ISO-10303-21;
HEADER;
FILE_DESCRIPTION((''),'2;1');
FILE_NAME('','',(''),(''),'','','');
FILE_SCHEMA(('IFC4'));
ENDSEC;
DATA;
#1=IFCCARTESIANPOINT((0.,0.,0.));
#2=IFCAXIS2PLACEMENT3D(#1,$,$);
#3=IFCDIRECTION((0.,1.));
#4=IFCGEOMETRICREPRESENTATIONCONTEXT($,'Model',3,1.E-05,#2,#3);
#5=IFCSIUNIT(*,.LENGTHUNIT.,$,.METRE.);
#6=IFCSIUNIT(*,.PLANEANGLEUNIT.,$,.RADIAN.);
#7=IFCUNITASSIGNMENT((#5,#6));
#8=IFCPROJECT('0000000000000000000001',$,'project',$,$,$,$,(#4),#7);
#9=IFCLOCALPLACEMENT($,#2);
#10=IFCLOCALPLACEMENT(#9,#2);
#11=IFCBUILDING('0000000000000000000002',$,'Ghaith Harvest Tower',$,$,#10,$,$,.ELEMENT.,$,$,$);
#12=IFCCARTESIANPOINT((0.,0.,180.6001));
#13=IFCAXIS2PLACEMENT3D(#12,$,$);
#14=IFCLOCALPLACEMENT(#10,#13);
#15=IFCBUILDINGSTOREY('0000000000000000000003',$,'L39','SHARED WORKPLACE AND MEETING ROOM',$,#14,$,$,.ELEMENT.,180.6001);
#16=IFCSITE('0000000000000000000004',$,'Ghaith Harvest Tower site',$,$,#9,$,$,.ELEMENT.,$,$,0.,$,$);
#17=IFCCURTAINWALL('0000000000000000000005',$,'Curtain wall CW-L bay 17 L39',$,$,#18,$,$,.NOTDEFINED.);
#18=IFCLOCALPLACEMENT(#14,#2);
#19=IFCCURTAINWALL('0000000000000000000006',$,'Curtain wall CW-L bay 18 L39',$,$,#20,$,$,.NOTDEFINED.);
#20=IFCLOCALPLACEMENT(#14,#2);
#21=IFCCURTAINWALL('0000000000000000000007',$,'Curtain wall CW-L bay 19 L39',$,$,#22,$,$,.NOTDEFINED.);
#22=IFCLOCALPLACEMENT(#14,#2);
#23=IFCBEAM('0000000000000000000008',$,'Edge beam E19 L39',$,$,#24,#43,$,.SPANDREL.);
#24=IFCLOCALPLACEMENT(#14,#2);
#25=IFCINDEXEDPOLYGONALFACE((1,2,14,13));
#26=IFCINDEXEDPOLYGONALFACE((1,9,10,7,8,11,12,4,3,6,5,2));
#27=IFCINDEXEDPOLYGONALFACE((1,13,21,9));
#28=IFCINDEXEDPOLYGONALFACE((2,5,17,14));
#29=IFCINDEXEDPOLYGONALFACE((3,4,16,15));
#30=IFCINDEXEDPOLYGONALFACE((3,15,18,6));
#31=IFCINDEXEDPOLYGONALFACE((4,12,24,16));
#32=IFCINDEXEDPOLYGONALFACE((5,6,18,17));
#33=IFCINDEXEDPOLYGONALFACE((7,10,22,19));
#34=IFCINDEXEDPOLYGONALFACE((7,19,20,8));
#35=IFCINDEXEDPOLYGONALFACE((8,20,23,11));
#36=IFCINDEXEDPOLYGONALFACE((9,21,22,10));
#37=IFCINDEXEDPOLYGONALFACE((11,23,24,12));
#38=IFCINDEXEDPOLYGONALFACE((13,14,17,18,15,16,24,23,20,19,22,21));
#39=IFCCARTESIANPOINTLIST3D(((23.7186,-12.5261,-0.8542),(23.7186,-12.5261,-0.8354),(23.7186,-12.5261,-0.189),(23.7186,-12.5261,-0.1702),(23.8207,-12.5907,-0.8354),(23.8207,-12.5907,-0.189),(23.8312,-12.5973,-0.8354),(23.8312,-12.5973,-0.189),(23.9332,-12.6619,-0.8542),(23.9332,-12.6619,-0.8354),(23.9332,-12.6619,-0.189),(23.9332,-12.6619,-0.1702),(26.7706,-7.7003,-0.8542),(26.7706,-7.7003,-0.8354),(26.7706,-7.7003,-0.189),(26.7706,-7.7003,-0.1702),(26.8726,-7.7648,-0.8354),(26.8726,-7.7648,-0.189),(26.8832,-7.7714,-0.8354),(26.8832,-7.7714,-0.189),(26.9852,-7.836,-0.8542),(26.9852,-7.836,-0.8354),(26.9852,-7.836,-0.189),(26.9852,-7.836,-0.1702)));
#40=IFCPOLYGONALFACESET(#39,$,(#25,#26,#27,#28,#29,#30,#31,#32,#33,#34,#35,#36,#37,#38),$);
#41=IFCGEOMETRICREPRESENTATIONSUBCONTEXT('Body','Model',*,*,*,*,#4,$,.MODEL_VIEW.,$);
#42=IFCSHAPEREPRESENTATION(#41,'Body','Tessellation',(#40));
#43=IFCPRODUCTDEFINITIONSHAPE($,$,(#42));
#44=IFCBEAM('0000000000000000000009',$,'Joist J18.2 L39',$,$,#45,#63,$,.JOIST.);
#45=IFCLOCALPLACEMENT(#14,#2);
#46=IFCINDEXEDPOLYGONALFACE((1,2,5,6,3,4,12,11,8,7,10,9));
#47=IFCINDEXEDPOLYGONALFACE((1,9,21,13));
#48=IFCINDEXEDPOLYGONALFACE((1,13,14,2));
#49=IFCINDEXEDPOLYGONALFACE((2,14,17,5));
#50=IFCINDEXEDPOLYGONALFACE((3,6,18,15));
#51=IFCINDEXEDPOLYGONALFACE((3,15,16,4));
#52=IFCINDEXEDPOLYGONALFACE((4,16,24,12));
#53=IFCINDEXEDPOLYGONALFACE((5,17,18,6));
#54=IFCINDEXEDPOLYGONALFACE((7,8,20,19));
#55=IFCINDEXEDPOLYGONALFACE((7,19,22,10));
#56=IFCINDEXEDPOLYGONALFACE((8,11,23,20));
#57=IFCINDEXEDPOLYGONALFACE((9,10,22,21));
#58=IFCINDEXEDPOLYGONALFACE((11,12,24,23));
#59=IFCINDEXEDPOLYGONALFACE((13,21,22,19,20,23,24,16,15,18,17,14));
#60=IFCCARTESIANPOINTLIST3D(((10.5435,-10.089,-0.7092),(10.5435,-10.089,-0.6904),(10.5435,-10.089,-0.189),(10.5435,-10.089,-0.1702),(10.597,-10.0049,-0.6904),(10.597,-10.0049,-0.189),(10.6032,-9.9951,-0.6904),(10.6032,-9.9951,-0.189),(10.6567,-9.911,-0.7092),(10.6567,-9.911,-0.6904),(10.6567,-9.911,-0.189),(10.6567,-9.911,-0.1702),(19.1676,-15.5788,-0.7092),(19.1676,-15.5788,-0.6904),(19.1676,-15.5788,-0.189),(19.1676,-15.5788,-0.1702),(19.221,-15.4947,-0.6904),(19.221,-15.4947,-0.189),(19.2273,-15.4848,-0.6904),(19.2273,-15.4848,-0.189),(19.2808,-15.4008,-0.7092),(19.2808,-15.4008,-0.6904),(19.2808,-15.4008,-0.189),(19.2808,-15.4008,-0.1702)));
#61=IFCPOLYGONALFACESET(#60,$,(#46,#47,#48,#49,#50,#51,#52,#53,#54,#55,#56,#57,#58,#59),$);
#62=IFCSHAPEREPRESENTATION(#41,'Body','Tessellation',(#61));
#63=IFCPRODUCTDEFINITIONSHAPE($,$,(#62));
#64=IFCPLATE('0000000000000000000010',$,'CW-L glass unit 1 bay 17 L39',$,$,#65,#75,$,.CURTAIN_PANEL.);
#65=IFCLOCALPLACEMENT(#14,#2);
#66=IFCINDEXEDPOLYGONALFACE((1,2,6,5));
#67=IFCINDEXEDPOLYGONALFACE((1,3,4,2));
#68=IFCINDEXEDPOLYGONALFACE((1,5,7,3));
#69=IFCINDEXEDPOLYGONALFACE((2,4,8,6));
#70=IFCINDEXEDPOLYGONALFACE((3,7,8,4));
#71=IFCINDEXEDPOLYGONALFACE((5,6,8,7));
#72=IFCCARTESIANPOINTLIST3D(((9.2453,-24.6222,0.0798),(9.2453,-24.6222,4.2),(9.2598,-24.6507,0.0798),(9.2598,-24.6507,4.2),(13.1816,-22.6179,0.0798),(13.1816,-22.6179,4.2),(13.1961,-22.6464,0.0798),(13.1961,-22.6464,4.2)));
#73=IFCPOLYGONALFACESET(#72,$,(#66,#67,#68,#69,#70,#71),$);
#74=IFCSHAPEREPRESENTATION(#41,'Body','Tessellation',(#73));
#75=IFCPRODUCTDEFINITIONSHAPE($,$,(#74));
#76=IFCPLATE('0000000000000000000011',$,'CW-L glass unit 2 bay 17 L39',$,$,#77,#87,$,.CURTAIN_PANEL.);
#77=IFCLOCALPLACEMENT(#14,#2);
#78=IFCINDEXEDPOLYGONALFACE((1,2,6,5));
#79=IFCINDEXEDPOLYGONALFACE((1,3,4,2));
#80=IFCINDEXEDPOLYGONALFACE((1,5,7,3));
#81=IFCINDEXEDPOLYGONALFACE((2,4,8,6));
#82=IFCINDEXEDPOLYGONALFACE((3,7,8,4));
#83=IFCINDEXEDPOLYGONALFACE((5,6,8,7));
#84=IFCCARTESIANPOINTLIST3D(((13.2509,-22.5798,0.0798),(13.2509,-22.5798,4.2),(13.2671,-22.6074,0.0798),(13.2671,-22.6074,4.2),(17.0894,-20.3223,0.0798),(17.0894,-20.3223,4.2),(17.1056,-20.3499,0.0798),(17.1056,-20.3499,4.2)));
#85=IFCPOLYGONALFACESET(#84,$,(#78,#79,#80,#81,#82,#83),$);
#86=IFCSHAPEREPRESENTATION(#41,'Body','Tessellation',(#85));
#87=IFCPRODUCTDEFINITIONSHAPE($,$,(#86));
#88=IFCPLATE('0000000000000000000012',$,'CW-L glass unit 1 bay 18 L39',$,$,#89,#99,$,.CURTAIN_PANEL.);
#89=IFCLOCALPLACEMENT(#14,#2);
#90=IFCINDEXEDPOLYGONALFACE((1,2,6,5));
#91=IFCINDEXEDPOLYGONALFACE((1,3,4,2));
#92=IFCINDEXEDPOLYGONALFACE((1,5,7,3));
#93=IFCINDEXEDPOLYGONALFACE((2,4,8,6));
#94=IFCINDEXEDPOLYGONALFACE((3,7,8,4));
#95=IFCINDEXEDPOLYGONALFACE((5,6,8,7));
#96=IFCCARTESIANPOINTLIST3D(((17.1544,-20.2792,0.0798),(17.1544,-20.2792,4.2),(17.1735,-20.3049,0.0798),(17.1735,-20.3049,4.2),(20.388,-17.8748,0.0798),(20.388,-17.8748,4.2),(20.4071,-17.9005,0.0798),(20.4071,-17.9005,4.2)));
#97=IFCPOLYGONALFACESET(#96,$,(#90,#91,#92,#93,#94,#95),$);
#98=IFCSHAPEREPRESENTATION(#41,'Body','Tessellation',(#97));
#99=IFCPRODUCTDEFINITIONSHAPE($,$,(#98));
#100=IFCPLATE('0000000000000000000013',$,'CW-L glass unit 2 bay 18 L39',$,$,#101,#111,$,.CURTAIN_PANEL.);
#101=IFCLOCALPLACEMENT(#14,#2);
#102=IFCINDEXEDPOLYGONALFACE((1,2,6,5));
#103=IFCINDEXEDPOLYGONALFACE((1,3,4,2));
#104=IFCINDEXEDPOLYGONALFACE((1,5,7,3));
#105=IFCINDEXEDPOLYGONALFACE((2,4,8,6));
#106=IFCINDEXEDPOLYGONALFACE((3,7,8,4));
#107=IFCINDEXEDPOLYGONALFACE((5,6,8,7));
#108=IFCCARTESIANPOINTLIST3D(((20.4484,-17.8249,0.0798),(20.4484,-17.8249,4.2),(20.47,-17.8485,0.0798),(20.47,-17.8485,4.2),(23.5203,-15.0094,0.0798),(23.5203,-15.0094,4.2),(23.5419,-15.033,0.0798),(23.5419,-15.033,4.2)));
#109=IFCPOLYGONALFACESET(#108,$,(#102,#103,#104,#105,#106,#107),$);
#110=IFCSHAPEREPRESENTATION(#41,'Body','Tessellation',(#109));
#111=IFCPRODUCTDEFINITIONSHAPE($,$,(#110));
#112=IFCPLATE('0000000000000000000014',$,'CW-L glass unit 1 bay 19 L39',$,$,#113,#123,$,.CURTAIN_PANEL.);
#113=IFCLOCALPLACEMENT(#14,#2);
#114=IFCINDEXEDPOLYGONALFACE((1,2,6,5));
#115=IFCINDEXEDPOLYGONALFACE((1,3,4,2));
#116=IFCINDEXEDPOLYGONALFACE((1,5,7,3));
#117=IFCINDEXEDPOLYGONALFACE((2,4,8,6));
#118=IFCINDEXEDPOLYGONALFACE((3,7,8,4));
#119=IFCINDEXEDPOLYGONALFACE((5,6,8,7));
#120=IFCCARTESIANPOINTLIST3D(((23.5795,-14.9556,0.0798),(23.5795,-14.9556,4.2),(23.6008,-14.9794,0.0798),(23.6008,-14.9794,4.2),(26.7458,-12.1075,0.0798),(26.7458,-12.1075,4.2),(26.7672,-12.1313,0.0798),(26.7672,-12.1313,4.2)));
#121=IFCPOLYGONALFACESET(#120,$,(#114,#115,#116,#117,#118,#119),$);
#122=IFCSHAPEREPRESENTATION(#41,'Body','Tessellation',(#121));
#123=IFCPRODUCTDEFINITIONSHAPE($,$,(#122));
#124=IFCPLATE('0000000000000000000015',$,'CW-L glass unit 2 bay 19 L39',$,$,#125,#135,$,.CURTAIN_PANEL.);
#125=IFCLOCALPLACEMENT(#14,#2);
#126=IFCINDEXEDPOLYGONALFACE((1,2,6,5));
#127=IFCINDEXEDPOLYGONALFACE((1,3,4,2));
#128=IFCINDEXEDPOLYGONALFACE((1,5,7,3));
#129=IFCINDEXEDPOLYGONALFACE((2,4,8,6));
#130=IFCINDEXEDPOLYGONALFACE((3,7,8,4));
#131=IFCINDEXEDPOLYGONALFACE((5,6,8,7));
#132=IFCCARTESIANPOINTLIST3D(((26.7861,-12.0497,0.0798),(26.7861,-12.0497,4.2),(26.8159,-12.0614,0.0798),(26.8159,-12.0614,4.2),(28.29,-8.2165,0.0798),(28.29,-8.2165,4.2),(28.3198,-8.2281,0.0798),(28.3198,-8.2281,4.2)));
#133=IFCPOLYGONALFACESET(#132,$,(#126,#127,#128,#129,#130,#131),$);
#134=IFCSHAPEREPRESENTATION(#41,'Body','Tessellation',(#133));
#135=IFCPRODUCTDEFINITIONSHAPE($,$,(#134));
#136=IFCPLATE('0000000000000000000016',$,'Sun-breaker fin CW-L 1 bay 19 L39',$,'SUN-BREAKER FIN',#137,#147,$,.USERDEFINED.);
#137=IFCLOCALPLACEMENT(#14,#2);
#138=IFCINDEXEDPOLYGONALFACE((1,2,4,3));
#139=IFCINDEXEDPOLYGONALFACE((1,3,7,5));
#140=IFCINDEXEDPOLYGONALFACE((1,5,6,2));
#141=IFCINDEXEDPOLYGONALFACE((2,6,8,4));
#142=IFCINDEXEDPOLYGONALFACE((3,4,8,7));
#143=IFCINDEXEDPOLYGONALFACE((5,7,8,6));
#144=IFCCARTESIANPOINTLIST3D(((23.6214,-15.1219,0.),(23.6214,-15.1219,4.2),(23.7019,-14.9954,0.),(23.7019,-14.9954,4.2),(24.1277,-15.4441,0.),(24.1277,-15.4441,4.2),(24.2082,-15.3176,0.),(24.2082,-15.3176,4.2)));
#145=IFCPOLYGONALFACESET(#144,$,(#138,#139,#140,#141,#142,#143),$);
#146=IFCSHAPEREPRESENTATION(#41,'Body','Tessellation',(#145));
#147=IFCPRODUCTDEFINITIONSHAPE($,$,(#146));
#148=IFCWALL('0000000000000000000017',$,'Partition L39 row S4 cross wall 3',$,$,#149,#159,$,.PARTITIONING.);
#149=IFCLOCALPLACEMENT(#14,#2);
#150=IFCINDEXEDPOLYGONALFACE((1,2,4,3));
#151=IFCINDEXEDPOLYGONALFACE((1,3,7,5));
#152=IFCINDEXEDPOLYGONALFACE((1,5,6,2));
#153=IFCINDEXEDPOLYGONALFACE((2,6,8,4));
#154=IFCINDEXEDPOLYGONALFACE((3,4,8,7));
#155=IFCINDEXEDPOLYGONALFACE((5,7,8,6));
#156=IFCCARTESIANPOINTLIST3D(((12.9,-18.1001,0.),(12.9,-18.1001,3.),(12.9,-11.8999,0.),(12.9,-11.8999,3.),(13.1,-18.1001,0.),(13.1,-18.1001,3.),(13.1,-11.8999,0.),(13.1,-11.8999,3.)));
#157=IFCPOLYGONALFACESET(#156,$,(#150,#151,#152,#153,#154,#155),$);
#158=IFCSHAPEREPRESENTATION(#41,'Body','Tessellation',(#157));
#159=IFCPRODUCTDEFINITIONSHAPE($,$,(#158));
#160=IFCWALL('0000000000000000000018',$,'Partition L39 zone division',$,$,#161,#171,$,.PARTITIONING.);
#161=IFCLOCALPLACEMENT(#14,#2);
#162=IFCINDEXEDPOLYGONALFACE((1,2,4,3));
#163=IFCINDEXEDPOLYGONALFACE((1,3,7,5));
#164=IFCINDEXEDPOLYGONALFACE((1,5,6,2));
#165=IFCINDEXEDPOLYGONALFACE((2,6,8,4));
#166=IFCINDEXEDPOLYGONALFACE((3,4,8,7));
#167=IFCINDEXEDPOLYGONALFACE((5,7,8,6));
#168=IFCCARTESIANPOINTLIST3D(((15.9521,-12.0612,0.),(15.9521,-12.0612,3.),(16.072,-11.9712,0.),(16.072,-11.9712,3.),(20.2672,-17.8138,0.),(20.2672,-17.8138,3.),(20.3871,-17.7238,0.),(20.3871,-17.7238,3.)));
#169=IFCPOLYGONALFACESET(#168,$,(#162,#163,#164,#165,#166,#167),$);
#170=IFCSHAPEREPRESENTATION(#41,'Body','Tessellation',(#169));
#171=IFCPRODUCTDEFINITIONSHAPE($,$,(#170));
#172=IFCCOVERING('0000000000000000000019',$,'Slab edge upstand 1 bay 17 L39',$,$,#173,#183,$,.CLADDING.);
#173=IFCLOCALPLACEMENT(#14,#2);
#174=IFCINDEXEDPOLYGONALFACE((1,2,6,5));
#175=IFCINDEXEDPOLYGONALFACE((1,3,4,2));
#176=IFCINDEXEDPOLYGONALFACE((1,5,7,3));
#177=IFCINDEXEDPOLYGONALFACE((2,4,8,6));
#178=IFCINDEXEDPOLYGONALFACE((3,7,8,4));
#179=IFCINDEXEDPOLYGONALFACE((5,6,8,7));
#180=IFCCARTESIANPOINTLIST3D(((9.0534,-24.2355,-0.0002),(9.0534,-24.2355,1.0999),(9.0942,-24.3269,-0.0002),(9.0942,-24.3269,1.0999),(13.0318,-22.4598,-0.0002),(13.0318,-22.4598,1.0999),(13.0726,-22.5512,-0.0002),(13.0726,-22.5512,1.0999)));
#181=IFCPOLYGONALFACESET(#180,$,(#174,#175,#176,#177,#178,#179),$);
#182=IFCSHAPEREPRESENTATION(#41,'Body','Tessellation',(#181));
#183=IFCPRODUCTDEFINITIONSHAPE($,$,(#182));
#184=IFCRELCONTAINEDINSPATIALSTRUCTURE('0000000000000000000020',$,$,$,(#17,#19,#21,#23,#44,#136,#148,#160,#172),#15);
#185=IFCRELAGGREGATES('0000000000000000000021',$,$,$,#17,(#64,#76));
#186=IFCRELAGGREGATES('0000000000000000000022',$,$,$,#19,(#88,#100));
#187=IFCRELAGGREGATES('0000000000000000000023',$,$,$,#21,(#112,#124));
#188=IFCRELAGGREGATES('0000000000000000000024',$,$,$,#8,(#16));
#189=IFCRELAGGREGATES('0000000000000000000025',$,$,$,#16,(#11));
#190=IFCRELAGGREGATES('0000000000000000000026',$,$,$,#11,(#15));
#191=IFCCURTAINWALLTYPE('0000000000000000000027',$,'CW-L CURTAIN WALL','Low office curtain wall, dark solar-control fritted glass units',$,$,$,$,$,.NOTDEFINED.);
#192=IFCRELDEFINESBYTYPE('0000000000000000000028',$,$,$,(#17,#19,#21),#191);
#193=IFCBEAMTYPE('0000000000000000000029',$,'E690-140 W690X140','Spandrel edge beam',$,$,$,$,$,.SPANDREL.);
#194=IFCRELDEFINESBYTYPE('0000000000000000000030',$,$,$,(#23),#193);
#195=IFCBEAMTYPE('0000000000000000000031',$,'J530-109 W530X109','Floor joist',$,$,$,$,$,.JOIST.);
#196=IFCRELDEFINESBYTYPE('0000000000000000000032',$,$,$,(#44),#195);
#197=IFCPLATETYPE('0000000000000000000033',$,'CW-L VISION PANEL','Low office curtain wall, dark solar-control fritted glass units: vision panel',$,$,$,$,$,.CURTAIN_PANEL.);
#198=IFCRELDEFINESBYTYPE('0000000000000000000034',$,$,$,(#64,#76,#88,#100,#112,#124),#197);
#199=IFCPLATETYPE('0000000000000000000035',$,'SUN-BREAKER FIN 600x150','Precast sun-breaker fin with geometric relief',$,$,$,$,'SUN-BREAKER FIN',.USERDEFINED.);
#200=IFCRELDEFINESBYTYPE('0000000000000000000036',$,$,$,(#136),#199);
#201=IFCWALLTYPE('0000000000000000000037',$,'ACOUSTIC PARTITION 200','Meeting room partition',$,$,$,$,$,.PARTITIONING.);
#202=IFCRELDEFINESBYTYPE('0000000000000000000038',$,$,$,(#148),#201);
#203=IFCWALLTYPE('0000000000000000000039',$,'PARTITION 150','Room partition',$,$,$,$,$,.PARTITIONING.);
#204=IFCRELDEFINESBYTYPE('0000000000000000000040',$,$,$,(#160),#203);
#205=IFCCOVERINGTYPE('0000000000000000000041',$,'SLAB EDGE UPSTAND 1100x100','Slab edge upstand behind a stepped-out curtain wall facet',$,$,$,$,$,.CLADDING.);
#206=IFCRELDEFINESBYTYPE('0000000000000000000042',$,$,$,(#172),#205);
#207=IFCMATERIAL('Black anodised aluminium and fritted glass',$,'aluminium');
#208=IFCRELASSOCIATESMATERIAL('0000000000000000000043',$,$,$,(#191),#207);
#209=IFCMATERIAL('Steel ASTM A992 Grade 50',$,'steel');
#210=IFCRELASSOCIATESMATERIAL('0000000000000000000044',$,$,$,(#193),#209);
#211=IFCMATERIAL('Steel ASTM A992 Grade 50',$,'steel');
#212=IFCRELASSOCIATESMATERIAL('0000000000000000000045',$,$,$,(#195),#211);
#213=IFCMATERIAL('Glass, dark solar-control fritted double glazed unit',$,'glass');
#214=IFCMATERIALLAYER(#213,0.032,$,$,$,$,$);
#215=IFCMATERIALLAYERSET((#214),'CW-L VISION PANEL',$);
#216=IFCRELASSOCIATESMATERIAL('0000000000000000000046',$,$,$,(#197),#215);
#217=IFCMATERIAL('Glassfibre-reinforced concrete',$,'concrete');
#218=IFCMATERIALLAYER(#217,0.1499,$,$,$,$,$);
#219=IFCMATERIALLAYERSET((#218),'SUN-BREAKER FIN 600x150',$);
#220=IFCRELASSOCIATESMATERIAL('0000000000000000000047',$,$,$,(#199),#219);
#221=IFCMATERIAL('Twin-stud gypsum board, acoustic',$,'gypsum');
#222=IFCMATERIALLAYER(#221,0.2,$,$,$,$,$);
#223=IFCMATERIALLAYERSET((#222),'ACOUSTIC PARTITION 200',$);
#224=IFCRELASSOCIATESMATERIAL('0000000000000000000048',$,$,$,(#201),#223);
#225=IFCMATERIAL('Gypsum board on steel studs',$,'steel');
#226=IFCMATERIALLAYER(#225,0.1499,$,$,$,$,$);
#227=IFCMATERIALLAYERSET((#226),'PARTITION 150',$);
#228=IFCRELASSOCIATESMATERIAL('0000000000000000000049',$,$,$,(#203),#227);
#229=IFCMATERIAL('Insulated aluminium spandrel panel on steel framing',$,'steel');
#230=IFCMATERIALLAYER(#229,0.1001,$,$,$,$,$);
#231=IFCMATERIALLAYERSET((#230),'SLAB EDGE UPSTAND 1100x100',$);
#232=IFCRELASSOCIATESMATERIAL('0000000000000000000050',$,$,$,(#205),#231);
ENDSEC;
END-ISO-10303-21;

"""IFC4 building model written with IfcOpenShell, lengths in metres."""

from ifc_helpers import new_model, si_unit, direction, frame, frame_2d, origin, origin_2d, place, context, subcontext, project, spatial, rectangle, i_section, extrude, material, layer, layer_set, material_profile, profile_set, type_object, element, aggregate, save


model = new_model("IFC4")

# Units and contexts
model_context = context("Model", 3, precision=1e-05, world=origin(), true_north=direction((0.0, 1.0)))
body_context = subcontext(model_context, "Body", "Model", "MODEL_VIEW")
ifc_project = project(units=[si_unit("LENGTHUNIT", "METRE"), si_unit("PLANEANGLEUNIT", "RADIAN")], contexts=[model_context])

# Site, building, storey
site_placement = place(None, origin())
site = spatial("IfcSite", under=ifc_project, at=site_placement, Name="Ghaith Harvest Tower site", CompositionType="ELEMENT", RefElevation=0.0)
building_placement = place(site_placement, origin())
building = spatial("IfcBuilding", under=site, at=building_placement, Name="Ghaith Harvest Tower", CompositionType="ELEMENT")
storey_placement = place(building_placement, frame((0.0, 0.0, 180.6001)))
storey = spatial("IfcBuildingStorey", under=building, at=storey_placement, Name="L39", Description="SHARED WORKPLACE AND MEETING ROOM", CompositionType="ELEMENT", Elevation=180.6001)

# Curtain wall
ifc_material_1 = material(Name="Black anodised aluminium and fritted glass", Category="aluminium")
curtain_wall_type = type_object("IfcCurtainWallType", Name="CW-L CURTAIN WALL", Description="Low office curtain wall, dark solar-control fritted glass units", PredefinedType="NOTDEFINED", material=ifc_material_1)
curtain_wall_1_placement = place(storey_placement, origin())
curtain_wall_1 = element("IfcCurtainWall", 1, at=curtain_wall_1_placement, inside=storey, type_object=curtain_wall_type, Name="Curtain wall CW-L bay 17 L39", PredefinedType="NOTDEFINED")

# Curtain walls
curtain_wall_2_placement = place(storey_placement, origin())
curtain_wall_2 = element("IfcCurtainWall", 2, at=curtain_wall_2_placement, inside=storey, type_object=curtain_wall_type, Name="Curtain wall CW-L bay 18 L39", PredefinedType="NOTDEFINED")
curtain_wall_3_placement = place(storey_placement, origin())
curtain_wall_3 = element("IfcCurtainWall", 3, at=curtain_wall_3_placement, inside=storey, type_object=curtain_wall_type, Name="Curtain wall CW-L bay 19 L39", PredefinedType="NOTDEFINED")

# Beams
ifc_material_2 = material(Name="Steel ASTM A992 Grade 50", Category="steel")
ifc_material_profile_1 = material_profile(ifc_material_2, i_section(OverallWidth=0.2539, OverallDepth=0.6841, WebThickness=0.0125, FlangeThickness=0.0188, at=origin_2d()), Name="W690X140")
ifc_profile_set_1 = profile_set([ifc_material_profile_1], Name="Steel ASTM A992 Grade 50")
beam_type_1 = type_object("IfcBeamType", Name="E690-140 W690X140", Description="Spandrel edge beam", PredefinedType="SPANDREL", material=ifc_profile_set_1)
beam_1_placement = place(storey_placement, frame((23.8259, -12.594, -0.5122), z_axis=(0.5345, 0.845169, 0.0), x_axis=(-0.845169, 0.5345, 0.0)))
element("IfcBeam", 4, at=beam_1_placement, inside=storey, type_object=beam_type_1, Name="Edge beam E19 L39", PredefinedType="SPANDREL", context=body_context, shape_type="SweptSolid", body=[
    extrude(i_section(OverallWidth=0.2539, OverallDepth=0.6841, WebThickness=0.0125, FlangeThickness=0.0188, at=origin_2d()), origin(), (0.0, 0.0, 1.0), 5.71),
])
ifc_material_3 = material(Name="Steel ASTM A992 Grade 50", Category="steel")
ifc_material_profile_2 = material_profile(ifc_material_3, i_section(OverallWidth=0.2109, OverallDepth=0.5391, WebThickness=0.0117, FlangeThickness=0.0188, at=origin_2d()), Name="W530X109")
ifc_profile_set_2 = profile_set([ifc_material_profile_2], Name="Steel ASTM A992 Grade 50")
beam_type_2 = type_object("IfcBeamType", Name="J530-109 W530X109", Description="Floor joist", PredefinedType="JOIST", material=ifc_profile_set_2)
beam_2_placement = place(storey_placement, frame((10.6001, -10.0, -0.4397), z_axis=(0.843585, -0.536996, 0.0), x_axis=(0.536996, 0.843585, 0.0)))
element("IfcBeam", 5, at=beam_2_placement, inside=storey, type_object=beam_type_2, Name="Joist J18.2 L39", PredefinedType="JOIST", context=body_context, shape_type="SweptSolid", body=[
    extrude(i_section(OverallWidth=0.2109, OverallDepth=0.5391, WebThickness=0.0117, FlangeThickness=0.0188, at=origin_2d()), origin(), (0.0, 0.0, 1.0), 10.2231),
])

# Plates
ifc_material_4 = material(Name="Glass, dark solar-control fritted double glazed unit", Category="glass")
ifc_layer_1 = layer(ifc_material_4, 0.032)
ifc_layer_set_1 = layer_set([ifc_layer_1], Name="CW-L VISION PANEL")
plate_type_1 = type_object("IfcPlateType", Name="CW-L VISION PANEL", Description="Low office curtain wall, dark solar-control fritted glass units: vision panel", PredefinedType="CURTAIN_PANEL", material=ifc_layer_set_1)
plate_1_placement = place(storey_placement, frame((11.2207, -23.6343, 0.0798), z_axis=(0.0, 0.0, 1.0), x_axis=(0.891127, 0.453754, 0.0)))
plate_1 = element("IfcPlate", 6, at=plate_1_placement, type_object=plate_type_1, Name="CW-L glass unit 1 bay 17 L39", PredefinedType="CURTAIN_PANEL", context=body_context, shape_type="SweptSolid", body=[
    extrude(rectangle(XDim=4.4172, YDim=0.032, at=origin_2d()), origin(), (0.0, 0.0, 1.0), 4.1201),
])
plate_2_placement = place(storey_placement, frame((15.1782, -21.4648, 0.0798), z_axis=(0.0, 0.0, 1.0), x_axis=(0.861979, 0.506943, 0.0)))
plate_2 = element("IfcPlate", 7, at=plate_2_placement, type_object=plate_type_1, Name="CW-L glass unit 2 bay 17 L39", PredefinedType="CURTAIN_PANEL", context=body_context, shape_type="SweptSolid", body=[
    extrude(rectangle(XDim=4.4531, YDim=0.032, at=origin_2d()), origin(), (0.0, 0.0, 1.0), 4.1201),
])
aggregate(curtain_wall_1, [plate_1, plate_2])
plate_3_placement = place(storey_placement, frame((18.7808, -19.0898, 0.0798), z_axis=(0.0, 0.0, 1.0), x_axis=(0.802462, 0.596703, 0.0)))
plate_3 = element("IfcPlate", 8, at=plate_3_placement, type_object=plate_type_1, Name="CW-L glass unit 1 bay 18 L39", PredefinedType="CURTAIN_PANEL", context=body_context, shape_type="SweptSolid", body=[
    extrude(rectangle(XDim=4.0295, YDim=0.032, at=origin_2d()), origin(), (0.0, 0.0, 1.0), 4.1201),
])
plate_4_placement = place(storey_placement, frame((21.9951, -16.429, 0.0798), z_axis=(0.0, 0.0, 1.0), x_axis=(0.737202, 0.675673, 0.0)))
plate_4 = element("IfcPlate", 9, at=plate_4_placement, type_object=plate_type_1, Name="CW-L glass unit 2 bay 18 L39", PredefinedType="CURTAIN_PANEL", context=body_context, shape_type="SweptSolid", body=[
    extrude(rectangle(XDim=4.167, YDim=0.032, at=origin_2d()), origin(), (0.0, 0.0, 1.0), 4.1201),
])
aggregate(curtain_wall_2, [plate_3, plate_4])
plate_5_placement = place(storey_placement, frame((25.1733, -13.5435, 0.0798), z_axis=(0.0, 0.0, 1.0), x_axis=(0.743493, 0.668744, 0.0)))
plate_5 = element("IfcPlate", 10, at=plate_5_placement, type_object=plate_type_1, Name="CW-L glass unit 1 bay 19 L39", PredefinedType="CURTAIN_PANEL", context=body_context, shape_type="SweptSolid", body=[
    extrude(rectangle(XDim=4.2588, YDim=0.032, at=origin_2d()), origin(), (0.0, 0.0, 1.0), 4.1201),
])
plate_6_placement = place(storey_placement, frame((27.553, -10.1389, 0.0798), z_axis=(0.0, 0.0, 1.0), x_axis=(0.365226, 0.930919, 0.0)))
plate_6 = element("IfcPlate", 11, at=plate_6_placement, type_object=plate_type_1, Name="CW-L glass unit 2 bay 19 L39", PredefinedType="CURTAIN_PANEL", context=body_context, shape_type="SweptSolid", body=[
    extrude(rectangle(XDim=4.1177, YDim=0.032, at=origin_2d()), origin(), (0.0, 0.0, 1.0), 4.1201),
])
aggregate(curtain_wall_3, [plate_5, plate_6])
ifc_material_5 = material(Name="Glassfibre-reinforced concrete", Category="concrete")
ifc_layer_2 = layer(ifc_material_5, 0.1499)
ifc_layer_set_2 = layer_set([ifc_layer_2], Name="SUN-BREAKER FIN 600x150")
plate_type_2 = type_object("IfcPlateType", Name="SUN-BREAKER FIN 600x150", Description="Precast sun-breaker fin with geometric relief", ElementType="SUN-BREAKER FIN", PredefinedType="USERDEFINED", material=ifc_layer_set_2)
plate_7_placement = place(storey_placement, frame((23.9148, -15.2197, 0.0), z_axis=(0.0, 0.0, 1.0), x_axis=(0.843644, -0.536903, 0.0)))
element("IfcPlate", 12, at=plate_7_placement, inside=storey, type_object=plate_type_2, Name="Sun-breaker fin CW-L 1 bay 19 L39", ObjectType="SUN-BREAKER FIN", PredefinedType="USERDEFINED", context=body_context, shape_type="SweptSolid", body=[
    extrude(rectangle(XDim=0.6001, YDim=0.1499, at=origin_2d()), origin(), (0.0, 0.0, 1.0), 4.2),
])

# Walls
ifc_material_6 = material(Name="Twin-stud gypsum board, acoustic", Category="gypsum")
ifc_layer_3 = layer(ifc_material_6, 0.2)
ifc_layer_set_3 = layer_set([ifc_layer_3], Name="ACOUSTIC PARTITION 200")
wall_type_1 = type_object("IfcWallType", Name="ACOUSTIC PARTITION 200", Description="Meeting room partition", PredefinedType="PARTITIONING", material=ifc_layer_set_3)
wall_1_placement = place(storey_placement, frame((13.0, -11.8999, 0.0), z_axis=(0.0, 0.0, 1.0), x_axis=(0.0, -1.0, 0.0)))
element("IfcWall", 13, at=wall_1_placement, inside=storey, type_object=wall_type_1, Name="Partition L39 row S4 cross wall 3", PredefinedType="PARTITIONING", context=body_context, shape_type="SweptSolid", body=[
    extrude(rectangle(XDim=6.2002, YDim=0.2, at=frame_2d((3.1001, 0.0))), origin(), (0.0, 0.0, 1.0), 3.0),
])
ifc_material_7 = material(Name="Gypsum board on steel studs", Category="steel")
ifc_layer_4 = layer(ifc_material_7, 0.1499)
ifc_layer_set_4 = layer_set([ifc_layer_4], Name="PARTITION 150")
wall_type_2 = type_object("IfcWallType", Name="PARTITION 150", Description="Room partition", PredefinedType="PARTITIONING", material=ifc_layer_set_4)
wall_2_placement = place(storey_placement, frame((16.012, -12.0161, 0.0), z_axis=(0.0, 0.0, 1.0), x_axis=(0.60006, -0.799955, 0.0)))
element("IfcWall", 14, at=wall_2_placement, inside=storey, type_object=wall_type_2, Name="Partition L39 zone division", PredefinedType="PARTITIONING", context=body_context, shape_type="SweptSolid", body=[
    extrude(rectangle(XDim=7.1912, YDim=0.1499, at=frame_2d((3.5957, 0.0))), origin(), (0.0, 0.0, 1.0), 3.0),
])

# Covering
ifc_material_8 = material(Name="Insulated aluminium spandrel panel on steel framing", Category="steel")
ifc_layer_5 = layer(ifc_material_8, 0.1001)
ifc_layer_set_5 = layer_set([ifc_layer_5], Name="SLAB EDGE UPSTAND 1100x100")
covering_type = type_object("IfcCoveringType", Name="SLAB EDGE UPSTAND 1100x100", Description="Slab edge upstand behind a stepped-out curtain wall facet", PredefinedType="CLADDING", material=ifc_layer_set_5)
covering_1_placement = place(storey_placement, frame((11.063, -23.3933, -0.0002), z_axis=(0.0, 0.0, 1.0), x_axis=(0.91317, 0.407578, 0.0)))
element("IfcCovering", 15, at=covering_1_placement, inside=storey, type_object=covering_type, Name="Slab edge upstand 1 bay 17 L39", PredefinedType="CLADDING", context=body_context, shape_type="SweptSolid", body=[
    extrude(rectangle(XDim=4.3567, YDim=0.1001, at=origin_2d()), origin(), (0.0, 0.0, 1.0), 1.1001),
])

save(model, "model.ifc")
